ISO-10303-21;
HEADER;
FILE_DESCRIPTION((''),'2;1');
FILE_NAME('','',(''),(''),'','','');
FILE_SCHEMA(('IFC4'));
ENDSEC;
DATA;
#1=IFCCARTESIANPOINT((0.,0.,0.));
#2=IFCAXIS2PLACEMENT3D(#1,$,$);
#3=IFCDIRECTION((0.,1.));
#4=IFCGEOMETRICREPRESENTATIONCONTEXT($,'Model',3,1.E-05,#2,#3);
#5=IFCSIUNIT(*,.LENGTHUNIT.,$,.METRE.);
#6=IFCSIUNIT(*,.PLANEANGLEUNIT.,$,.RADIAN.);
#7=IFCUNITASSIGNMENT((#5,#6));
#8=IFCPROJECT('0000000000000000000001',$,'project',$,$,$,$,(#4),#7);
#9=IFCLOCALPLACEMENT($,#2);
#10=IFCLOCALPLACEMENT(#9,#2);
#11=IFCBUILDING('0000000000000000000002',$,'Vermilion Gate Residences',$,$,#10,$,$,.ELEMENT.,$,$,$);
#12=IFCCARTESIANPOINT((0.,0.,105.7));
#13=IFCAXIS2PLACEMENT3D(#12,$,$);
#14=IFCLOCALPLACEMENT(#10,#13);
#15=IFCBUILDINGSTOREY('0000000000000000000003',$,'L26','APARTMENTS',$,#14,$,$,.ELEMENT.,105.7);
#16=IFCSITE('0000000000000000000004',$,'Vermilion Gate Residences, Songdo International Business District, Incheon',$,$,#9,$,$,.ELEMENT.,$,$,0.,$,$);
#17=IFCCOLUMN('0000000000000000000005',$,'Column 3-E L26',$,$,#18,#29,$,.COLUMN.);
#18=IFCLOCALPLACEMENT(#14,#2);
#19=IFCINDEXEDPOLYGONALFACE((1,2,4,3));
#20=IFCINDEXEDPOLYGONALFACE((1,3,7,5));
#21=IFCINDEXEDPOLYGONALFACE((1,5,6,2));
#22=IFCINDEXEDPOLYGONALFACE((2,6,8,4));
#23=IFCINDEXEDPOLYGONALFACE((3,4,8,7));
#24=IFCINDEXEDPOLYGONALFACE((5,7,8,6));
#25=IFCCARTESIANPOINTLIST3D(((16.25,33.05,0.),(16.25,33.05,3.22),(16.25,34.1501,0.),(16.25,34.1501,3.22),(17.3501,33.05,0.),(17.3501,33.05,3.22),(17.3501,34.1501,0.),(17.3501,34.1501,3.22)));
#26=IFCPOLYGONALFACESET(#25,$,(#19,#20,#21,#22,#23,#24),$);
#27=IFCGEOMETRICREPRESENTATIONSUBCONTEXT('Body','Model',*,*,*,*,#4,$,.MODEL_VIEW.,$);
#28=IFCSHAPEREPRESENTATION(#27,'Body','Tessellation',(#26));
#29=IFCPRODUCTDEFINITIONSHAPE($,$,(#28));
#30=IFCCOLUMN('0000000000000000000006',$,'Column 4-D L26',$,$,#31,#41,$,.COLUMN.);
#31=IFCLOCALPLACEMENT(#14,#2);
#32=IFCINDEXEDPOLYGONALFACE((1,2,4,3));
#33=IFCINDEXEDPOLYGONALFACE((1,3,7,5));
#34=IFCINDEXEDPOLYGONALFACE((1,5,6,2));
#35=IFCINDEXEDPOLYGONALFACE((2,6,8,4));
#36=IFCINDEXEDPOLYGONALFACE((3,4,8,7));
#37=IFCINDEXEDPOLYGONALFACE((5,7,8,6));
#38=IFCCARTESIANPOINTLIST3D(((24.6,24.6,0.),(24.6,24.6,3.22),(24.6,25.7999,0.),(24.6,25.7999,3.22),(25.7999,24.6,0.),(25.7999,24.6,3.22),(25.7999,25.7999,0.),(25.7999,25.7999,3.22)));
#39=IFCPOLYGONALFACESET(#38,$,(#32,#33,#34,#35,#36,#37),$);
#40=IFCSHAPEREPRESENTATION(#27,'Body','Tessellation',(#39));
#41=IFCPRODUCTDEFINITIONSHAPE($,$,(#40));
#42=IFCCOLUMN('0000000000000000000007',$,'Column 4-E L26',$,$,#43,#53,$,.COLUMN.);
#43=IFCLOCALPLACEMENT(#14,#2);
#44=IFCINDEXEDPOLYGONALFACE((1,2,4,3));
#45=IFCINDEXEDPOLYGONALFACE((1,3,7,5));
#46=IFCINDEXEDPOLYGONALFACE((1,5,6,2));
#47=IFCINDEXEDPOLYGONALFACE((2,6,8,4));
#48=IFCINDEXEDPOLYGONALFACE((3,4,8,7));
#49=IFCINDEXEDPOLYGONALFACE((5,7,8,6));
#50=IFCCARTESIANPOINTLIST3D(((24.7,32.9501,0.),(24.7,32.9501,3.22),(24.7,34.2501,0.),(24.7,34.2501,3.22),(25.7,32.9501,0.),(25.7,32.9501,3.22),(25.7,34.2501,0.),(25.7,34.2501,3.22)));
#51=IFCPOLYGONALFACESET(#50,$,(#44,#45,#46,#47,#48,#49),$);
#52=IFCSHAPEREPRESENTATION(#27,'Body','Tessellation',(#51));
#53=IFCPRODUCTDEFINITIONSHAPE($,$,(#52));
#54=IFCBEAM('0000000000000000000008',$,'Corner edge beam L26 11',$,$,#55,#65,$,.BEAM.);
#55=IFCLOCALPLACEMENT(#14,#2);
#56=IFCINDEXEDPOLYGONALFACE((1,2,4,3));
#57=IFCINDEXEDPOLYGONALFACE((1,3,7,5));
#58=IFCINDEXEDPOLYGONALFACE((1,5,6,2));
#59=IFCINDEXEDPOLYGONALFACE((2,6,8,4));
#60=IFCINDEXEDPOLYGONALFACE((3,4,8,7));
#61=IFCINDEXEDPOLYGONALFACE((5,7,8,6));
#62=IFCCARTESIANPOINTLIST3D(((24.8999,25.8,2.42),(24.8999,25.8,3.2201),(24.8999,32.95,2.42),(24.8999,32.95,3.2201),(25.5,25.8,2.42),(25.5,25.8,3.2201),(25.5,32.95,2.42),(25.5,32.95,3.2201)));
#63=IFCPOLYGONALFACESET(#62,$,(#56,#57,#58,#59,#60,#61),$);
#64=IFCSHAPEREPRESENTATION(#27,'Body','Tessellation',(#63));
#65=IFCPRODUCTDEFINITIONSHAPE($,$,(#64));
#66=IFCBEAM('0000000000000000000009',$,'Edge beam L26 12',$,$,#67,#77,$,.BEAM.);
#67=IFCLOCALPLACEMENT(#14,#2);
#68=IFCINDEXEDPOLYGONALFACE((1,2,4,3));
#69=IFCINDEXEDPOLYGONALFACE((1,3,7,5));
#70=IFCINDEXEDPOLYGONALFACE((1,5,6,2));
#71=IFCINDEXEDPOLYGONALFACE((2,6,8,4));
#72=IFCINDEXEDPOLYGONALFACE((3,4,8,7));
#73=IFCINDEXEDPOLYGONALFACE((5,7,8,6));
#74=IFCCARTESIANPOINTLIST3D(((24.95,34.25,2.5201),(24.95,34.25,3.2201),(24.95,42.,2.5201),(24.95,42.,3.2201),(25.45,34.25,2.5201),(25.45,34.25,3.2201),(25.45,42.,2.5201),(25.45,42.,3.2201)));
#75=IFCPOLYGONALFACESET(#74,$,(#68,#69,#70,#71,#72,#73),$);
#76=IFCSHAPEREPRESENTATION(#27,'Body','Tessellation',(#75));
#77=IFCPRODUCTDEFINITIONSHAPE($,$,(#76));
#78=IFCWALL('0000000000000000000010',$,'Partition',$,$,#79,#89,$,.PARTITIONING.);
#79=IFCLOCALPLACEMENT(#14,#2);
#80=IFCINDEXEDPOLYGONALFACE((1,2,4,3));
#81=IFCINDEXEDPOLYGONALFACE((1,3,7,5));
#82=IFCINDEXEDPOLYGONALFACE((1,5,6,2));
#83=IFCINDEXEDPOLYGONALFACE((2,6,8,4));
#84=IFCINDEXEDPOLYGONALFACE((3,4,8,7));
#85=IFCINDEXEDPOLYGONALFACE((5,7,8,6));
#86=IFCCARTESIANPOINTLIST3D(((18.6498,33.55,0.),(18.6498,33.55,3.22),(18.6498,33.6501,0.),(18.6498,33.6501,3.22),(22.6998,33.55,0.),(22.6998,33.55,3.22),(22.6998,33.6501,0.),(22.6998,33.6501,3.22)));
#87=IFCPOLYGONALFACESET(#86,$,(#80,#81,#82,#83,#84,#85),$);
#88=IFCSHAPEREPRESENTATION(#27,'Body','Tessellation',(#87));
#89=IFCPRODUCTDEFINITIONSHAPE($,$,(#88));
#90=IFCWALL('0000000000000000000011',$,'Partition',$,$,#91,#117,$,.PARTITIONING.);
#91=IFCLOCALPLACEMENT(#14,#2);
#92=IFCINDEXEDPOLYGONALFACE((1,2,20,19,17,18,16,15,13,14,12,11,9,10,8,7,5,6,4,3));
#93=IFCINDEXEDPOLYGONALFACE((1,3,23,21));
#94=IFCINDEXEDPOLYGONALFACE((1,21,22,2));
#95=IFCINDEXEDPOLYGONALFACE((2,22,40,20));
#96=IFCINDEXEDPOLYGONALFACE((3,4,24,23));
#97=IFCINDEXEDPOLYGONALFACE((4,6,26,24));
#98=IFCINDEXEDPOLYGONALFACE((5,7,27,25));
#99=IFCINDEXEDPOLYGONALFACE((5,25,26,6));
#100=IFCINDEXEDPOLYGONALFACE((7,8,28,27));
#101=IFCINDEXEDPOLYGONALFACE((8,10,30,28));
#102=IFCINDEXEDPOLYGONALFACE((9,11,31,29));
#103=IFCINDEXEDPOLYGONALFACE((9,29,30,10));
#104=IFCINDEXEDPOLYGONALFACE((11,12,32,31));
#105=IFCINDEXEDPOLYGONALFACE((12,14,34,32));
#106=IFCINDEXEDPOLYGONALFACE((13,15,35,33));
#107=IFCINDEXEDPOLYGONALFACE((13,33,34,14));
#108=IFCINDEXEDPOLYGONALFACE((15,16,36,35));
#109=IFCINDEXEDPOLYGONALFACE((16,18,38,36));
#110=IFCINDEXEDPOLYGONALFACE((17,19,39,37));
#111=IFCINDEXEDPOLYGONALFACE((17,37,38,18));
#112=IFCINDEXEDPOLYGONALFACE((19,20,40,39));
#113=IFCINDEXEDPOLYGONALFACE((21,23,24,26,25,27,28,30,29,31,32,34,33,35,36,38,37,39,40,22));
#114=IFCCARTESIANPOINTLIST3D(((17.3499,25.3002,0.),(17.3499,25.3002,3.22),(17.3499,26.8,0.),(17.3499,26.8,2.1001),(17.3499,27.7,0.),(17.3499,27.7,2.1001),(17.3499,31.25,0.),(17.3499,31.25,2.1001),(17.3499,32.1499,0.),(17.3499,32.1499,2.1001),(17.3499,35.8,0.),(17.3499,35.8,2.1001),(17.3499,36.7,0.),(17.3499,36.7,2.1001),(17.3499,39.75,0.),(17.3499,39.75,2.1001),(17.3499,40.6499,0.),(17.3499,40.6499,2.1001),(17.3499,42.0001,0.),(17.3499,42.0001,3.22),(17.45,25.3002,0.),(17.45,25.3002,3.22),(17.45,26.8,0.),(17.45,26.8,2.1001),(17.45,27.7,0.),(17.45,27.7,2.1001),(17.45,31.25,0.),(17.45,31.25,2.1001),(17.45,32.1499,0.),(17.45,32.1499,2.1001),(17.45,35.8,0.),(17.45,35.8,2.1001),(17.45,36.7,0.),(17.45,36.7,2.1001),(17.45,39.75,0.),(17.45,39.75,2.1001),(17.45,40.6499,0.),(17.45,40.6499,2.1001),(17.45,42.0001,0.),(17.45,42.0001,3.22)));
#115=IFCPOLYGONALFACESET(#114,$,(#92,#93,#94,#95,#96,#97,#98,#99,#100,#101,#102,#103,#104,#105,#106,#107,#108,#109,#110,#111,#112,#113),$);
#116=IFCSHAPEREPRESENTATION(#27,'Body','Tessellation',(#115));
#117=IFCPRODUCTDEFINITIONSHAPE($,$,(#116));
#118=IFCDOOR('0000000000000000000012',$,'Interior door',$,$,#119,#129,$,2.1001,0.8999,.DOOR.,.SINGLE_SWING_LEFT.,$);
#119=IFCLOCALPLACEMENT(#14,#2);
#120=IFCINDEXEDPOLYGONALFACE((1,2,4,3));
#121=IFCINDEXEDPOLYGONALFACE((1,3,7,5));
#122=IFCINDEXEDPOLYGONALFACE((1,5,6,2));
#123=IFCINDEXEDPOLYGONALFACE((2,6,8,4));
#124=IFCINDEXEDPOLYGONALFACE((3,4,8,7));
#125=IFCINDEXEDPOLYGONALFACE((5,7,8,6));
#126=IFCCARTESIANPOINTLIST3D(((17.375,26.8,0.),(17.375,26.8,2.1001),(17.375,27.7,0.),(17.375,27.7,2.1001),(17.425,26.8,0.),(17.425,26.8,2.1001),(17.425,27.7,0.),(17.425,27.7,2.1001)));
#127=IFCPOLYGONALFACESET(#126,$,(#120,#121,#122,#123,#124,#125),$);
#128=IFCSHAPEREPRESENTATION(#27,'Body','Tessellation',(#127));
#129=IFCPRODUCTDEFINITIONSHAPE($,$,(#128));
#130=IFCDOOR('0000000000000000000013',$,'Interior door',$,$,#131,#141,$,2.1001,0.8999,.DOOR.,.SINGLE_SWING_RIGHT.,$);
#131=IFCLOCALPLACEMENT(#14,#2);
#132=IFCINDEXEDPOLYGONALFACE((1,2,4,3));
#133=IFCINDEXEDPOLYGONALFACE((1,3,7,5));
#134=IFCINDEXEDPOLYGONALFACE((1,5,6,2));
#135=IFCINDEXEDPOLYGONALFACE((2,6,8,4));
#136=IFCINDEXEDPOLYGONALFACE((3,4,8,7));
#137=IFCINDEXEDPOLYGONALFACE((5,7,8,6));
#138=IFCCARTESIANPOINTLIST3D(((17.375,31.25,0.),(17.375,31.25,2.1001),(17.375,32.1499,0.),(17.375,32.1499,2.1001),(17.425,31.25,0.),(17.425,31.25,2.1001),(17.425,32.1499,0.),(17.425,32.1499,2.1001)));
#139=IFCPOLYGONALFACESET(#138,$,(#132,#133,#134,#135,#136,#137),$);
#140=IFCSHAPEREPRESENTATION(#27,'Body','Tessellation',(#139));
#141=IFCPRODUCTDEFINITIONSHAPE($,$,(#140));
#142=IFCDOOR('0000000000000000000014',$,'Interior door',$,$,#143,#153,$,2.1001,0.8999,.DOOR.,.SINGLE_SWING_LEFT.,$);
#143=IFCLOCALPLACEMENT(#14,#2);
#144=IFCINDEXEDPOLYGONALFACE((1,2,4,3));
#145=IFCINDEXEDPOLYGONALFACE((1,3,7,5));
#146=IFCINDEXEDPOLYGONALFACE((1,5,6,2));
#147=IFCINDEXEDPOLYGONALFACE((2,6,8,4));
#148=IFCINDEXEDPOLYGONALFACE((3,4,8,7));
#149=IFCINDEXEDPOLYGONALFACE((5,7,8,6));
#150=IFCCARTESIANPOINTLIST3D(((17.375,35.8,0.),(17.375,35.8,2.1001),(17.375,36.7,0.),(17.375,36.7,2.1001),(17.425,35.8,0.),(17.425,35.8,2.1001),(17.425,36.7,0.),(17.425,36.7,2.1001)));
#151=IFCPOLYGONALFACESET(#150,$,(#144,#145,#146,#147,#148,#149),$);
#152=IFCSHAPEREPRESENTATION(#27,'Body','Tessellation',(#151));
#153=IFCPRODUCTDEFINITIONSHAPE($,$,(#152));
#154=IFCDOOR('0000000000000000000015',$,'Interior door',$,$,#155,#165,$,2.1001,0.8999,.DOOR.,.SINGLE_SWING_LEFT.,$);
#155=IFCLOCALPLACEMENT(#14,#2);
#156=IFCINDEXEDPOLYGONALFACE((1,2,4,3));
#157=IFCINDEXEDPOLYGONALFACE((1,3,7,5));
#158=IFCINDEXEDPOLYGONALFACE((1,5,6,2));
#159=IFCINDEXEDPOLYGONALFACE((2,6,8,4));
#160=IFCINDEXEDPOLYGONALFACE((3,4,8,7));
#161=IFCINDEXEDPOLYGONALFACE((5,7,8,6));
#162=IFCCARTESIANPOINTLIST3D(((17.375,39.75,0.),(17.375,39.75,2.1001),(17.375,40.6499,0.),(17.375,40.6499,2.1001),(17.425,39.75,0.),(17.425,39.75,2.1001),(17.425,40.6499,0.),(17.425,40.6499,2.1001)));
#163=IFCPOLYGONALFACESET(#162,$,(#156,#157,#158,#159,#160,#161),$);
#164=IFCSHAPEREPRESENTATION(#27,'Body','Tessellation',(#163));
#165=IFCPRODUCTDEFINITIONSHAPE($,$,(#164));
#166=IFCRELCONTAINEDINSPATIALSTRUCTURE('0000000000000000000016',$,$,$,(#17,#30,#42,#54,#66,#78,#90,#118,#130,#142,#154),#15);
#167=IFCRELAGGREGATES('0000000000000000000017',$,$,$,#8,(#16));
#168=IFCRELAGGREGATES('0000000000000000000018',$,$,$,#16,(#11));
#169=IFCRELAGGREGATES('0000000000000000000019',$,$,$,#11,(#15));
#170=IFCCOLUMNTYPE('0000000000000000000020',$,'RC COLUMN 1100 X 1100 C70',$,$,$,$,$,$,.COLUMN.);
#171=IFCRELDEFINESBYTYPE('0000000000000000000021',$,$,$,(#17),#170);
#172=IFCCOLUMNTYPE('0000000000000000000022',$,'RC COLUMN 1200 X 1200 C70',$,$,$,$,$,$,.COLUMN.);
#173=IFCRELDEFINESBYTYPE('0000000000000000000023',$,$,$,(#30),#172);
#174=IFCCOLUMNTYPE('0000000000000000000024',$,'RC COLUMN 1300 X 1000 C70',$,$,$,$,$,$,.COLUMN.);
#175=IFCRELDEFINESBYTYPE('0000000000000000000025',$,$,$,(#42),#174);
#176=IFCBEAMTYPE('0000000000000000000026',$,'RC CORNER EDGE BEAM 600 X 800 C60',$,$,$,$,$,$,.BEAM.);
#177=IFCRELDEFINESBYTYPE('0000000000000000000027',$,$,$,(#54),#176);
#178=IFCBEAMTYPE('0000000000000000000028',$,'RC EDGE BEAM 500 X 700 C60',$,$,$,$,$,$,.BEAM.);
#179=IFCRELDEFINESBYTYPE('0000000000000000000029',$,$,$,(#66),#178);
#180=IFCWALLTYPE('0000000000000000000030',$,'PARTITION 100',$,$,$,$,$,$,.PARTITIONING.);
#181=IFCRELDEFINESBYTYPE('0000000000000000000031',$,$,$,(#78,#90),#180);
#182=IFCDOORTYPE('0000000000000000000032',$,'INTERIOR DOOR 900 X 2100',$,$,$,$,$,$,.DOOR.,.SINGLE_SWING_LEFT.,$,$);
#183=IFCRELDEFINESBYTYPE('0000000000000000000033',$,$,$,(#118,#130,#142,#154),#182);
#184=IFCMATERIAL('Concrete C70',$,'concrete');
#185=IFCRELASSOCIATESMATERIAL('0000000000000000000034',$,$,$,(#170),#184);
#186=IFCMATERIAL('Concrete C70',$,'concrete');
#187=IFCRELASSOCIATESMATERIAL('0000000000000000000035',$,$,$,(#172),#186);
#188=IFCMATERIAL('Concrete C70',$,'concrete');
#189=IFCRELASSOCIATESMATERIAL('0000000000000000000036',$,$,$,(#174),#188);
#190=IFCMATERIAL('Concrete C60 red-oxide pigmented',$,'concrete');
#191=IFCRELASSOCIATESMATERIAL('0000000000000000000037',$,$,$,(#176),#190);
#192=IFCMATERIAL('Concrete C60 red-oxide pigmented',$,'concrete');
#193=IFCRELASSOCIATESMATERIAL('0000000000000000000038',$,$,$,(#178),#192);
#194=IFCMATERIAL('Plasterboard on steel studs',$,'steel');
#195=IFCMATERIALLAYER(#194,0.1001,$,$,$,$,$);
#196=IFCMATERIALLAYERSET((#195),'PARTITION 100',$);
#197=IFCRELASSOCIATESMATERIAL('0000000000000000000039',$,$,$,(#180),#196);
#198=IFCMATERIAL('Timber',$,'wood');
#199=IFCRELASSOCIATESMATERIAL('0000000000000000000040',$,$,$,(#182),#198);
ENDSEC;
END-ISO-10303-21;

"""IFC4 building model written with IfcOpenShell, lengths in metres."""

from ifc_helpers import new_model, si_unit, direction, frame, frame_2d, origin, origin_2d, place, context, subcontext, project, spatial, rectangle, extrude, material, layer, layer_set, material_profile, profile_set, type_object, element, fill, save


model = new_model("IFC4")

# Units and contexts
model_context = context("Model", 3, precision=1e-05, world=origin(), true_north=direction((0.0, 1.0)))
body_context = subcontext(model_context, "Body", "Model", "MODEL_VIEW")
ifc_project = project(units=[si_unit("LENGTHUNIT", "METRE"), si_unit("PLANEANGLEUNIT", "RADIAN")], contexts=[model_context])

# Site, building, storey
site_placement = place(None, origin())
site = spatial("IfcSite", under=ifc_project, at=site_placement, Name="Vermilion Gate Residences, Songdo International Business District, Incheon", CompositionType="ELEMENT", RefElevation=0.0)
building_placement = place(site_placement, origin())
building = spatial("IfcBuilding", under=site, at=building_placement, Name="Vermilion Gate Residences", CompositionType="ELEMENT")
storey_placement = place(building_placement, frame((0.0, 0.0, 105.7)))
storey = spatial("IfcBuildingStorey", under=building, at=storey_placement, Name="L26", Description="APARTMENTS", CompositionType="ELEMENT", Elevation=105.7)

# Columns
ifc_material_1 = material(Name="Concrete C70", Category="concrete")
ifc_material_profile_1 = material_profile(ifc_material_1, rectangle(XDim=1.1001, YDim=1.1001, at=origin_2d()), Name="RC-1100x1100")
ifc_profile_set_1 = profile_set([ifc_material_profile_1], Name="Concrete C70")
column_type_1 = type_object("IfcColumnType", Name="RC COLUMN 1100 X 1100 C70", PredefinedType="COLUMN", material=ifc_profile_set_1)
column_1_placement = place(storey_placement, frame((16.8, 33.6001, 0.0), z_axis=(0.0, 0.0, 1.0), x_axis=(1.0, 0.0, 0.0)))
element("IfcColumn", 1, at=column_1_placement, inside=storey, type_object=column_type_1, Name="Column 3-E L26", PredefinedType="COLUMN", context=body_context, shape_type="SweptSolid", body=[
    extrude(rectangle(XDim=1.1001, YDim=1.1001, at=origin_2d()), origin(), (0.0, 0.0, 1.0), 3.22),
])
ifc_material_2 = material(Name="Concrete C70", Category="concrete")
ifc_material_profile_2 = material_profile(ifc_material_2, rectangle(XDim=1.2, YDim=1.2, at=origin_2d()), Name="RC-1200x1200")
ifc_profile_set_2 = profile_set([ifc_material_profile_2], Name="Concrete C70")
column_type_2 = type_object("IfcColumnType", Name="RC COLUMN 1200 X 1200 C70", PredefinedType="COLUMN", material=ifc_profile_set_2)
column_2_placement = place(storey_placement, frame((25.2, 25.2, 0.0), z_axis=(0.0, 0.0, 1.0), x_axis=(1.0, 0.0, 0.0)))
element("IfcColumn", 2, at=column_2_placement, inside=storey, type_object=column_type_2, Name="Column 4-D L26", PredefinedType="COLUMN", context=body_context, shape_type="SweptSolid", body=[
    extrude(rectangle(XDim=1.2, YDim=1.2, at=origin_2d()), origin(), (0.0, 0.0, 1.0), 3.22),
])
ifc_material_3 = material(Name="Concrete C70", Category="concrete")
ifc_material_profile_3 = material_profile(ifc_material_3, rectangle(XDim=1.3, YDim=1.0, at=origin_2d()), Name="RC-1300x1000")
ifc_profile_set_3 = profile_set([ifc_material_profile_3], Name="Concrete C70")
column_type_3 = type_object("IfcColumnType", Name="RC COLUMN 1300 X 1000 C70", PredefinedType="COLUMN", material=ifc_profile_set_3)
column_3_placement = place(storey_placement, frame((25.2, 33.6001, 0.0), z_axis=(0.0, 0.0, 1.0), x_axis=(0.0, 1.0, 0.0)))
element("IfcColumn", 3, at=column_3_placement, inside=storey, type_object=column_type_3, Name="Column 4-E L26", PredefinedType="COLUMN", context=body_context, shape_type="SweptSolid", body=[
    extrude(rectangle(XDim=1.3, YDim=1.0, at=origin_2d()), origin(), (0.0, 0.0, 1.0), 3.22),
])

# Beams
ifc_material_4 = material(Name="Concrete C60 red-oxide pigmented", Category="concrete")
ifc_material_profile_4 = material_profile(ifc_material_4, rectangle(XDim=0.6001, YDim=0.8, at=origin_2d()), Name="RC-600x800")
ifc_profile_set_4 = profile_set([ifc_material_profile_4], Name="Concrete C60 red-oxide pigmented")
beam_type_1 = type_object("IfcBeamType", Name="RC CORNER EDGE BEAM 600 X 800 C60", PredefinedType="BEAM", material=ifc_profile_set_4)
beam_1_placement = place(storey_placement, frame((25.2, 25.8, 2.8201), z_axis=(0.0, 1.0, 0.0), x_axis=(-1.0, 0.0, 0.0)))
element("IfcBeam", 4, at=beam_1_placement, inside=storey, type_object=beam_type_1, Name="Corner edge beam L26 11", PredefinedType="BEAM", context=body_context, shape_type="SweptSolid", body=[
    extrude(rectangle(XDim=0.6001, YDim=0.8, at=origin_2d()), origin(), (0.0, 0.0, 1.0), 7.1499),
])
ifc_material_5 = material(Name="Concrete C60 red-oxide pigmented", Category="concrete")
ifc_material_profile_5 = material_profile(ifc_material_5, rectangle(XDim=0.5, YDim=0.7, at=origin_2d()), Name="RC-500x700")
ifc_profile_set_5 = profile_set([ifc_material_profile_5], Name="Concrete C60 red-oxide pigmented")
beam_type_2 = type_object("IfcBeamType", Name="RC EDGE BEAM 500 X 700 C60", PredefinedType="BEAM", material=ifc_profile_set_5)
beam_2_placement = place(storey_placement, frame((25.2, 34.25, 2.8701), z_axis=(0.0, 1.0, 0.0), x_axis=(-1.0, 0.0, 0.0)))
element("IfcBeam", 5, at=beam_2_placement, inside=storey, type_object=beam_type_2, Name="Edge beam L26 12", PredefinedType="BEAM", context=body_context, shape_type="SweptSolid", body=[
    extrude(rectangle(XDim=0.5, YDim=0.7, at=origin_2d()), origin(), (0.0, 0.0, 1.0), 7.75),
])

# Wall
ifc_material_6 = material(Name="Plasterboard on steel studs", Category="steel")
ifc_layer = layer(ifc_material_6, 0.1001)
ifc_layer_set = layer_set([ifc_layer], Name="PARTITION 100")
wall_type = type_object("IfcWallType", Name="PARTITION 100", PredefinedType="PARTITIONING", material=ifc_layer_set)
wall_1_placement = place(storey_placement, frame((18.6499, 33.6001, 0.0), z_axis=(0.0, 0.0, 1.0), x_axis=(1.0, 0.0, 0.0)))
element("IfcWall", 6, at=wall_1_placement, inside=storey, type_object=wall_type, Name="Partition", PredefinedType="PARTITIONING", context=body_context, shape_type="SweptSolid", body=[
    extrude(rectangle(XDim=4.05, YDim=0.1001, at=frame_2d((2.0249, 0.0))), origin(), (0.0, 0.0, 1.0), 3.22),
])

# Wall, openings, doors
wall_2_placement = place(storey_placement, frame((17.3999, 25.3, 0.0), z_axis=(0.0, 0.0, 1.0), x_axis=(0.0, 1.0, 0.0)))
wall_2 = element("IfcWall", 7, at=wall_2_placement, inside=storey, type_object=wall_type, Name="Partition", PredefinedType="PARTITIONING", context=body_context, shape_type="SweptSolid", body=[
    extrude(rectangle(XDim=16.7, YDim=0.1001, at=frame_2d((8.3501, 0.0))), origin(), (0.0, 0.0, 1.0), 3.22),
])
opening_1_placement = place(wall_2_placement, frame((1.5, 0.0, 0.0)))
opening_1 = element("IfcOpeningElement", 8, at=opening_1_placement, cuts=wall_2, PredefinedType="OPENING", context=body_context, shape_type="SweptSolid", body=[
    extrude(rectangle(XDim=0.8999, YDim=2.1001, at=frame_2d((0.45, 1.05))), frame((0.0, 0.0601, 0.0), z_axis=(0.0, -1.0, 0.0), x_axis=(1.0, 0.0, 0.0)), (0.0, 0.0, 1.0), 0.1201),
])
opening_2_placement = place(wall_2_placement, frame((5.95, 0.0, 0.0)))
opening_2 = element("IfcOpeningElement", 9, at=opening_2_placement, cuts=wall_2, PredefinedType="OPENING", context=body_context, shape_type="SweptSolid", body=[
    extrude(rectangle(XDim=0.8999, YDim=2.1001, at=frame_2d((0.45, 1.05))), frame((0.0, 0.0601, 0.0), z_axis=(0.0, -1.0, 0.0), x_axis=(1.0, 0.0, 0.0)), (0.0, 0.0, 1.0), 0.1201),
])
opening_3_placement = place(wall_2_placement, frame((10.5, 0.0, 0.0)))
opening_3 = element("IfcOpeningElement", 10, at=opening_3_placement, cuts=wall_2, PredefinedType="OPENING", context=body_context, shape_type="SweptSolid", body=[
    extrude(rectangle(XDim=0.8999, YDim=2.1001, at=frame_2d((0.45, 1.05))), frame((0.0, 0.0601, 0.0), z_axis=(0.0, -1.0, 0.0), x_axis=(1.0, 0.0, 0.0)), (0.0, 0.0, 1.0), 0.1201),
])
opening_4_placement = place(wall_2_placement, frame((14.45, 0.0, 0.0)))
opening_4 = element("IfcOpeningElement", 11, at=opening_4_placement, cuts=wall_2, PredefinedType="OPENING", context=body_context, shape_type="SweptSolid", body=[
    extrude(rectangle(XDim=0.8999, YDim=2.1001, at=frame_2d((0.45, 1.05))), frame((0.0, 0.0601, 0.0), z_axis=(0.0, -1.0, 0.0), x_axis=(1.0, 0.0, 0.0)), (0.0, 0.0, 1.0), 0.1201),
])
ifc_material_7 = material(Name="Timber", Category="wood")
door_type = type_object("IfcDoorType", Name="INTERIOR DOOR 900 X 2100", OperationType="SINGLE_SWING_LEFT", PredefinedType="DOOR", material=ifc_material_7)
door_1_placement = place(opening_1_placement, origin())
door_1 = element("IfcDoor", 12, at=door_1_placement, inside=storey, type_object=door_type, Name="Interior door", OperationType="SINGLE_SWING_LEFT", OverallHeight=2.1001, OverallWidth=0.8999, PredefinedType="DOOR", context=body_context, shape_type="SweptSolid", body=[
    extrude(rectangle(XDim=0.8999, YDim=2.1001, at=frame_2d((0.45, 1.05))), frame((0.0, 0.0249, 0.0), z_axis=(0.0, -1.0, 0.0), x_axis=(1.0, 0.0, 0.0)), (0.0, 0.0, 1.0), 0.05),
])
fill(opening_1, door_1)
door_2_placement = place(opening_2_placement, origin())
door_2 = element("IfcDoor", 13, at=door_2_placement, inside=storey, type_object=door_type, Name="Interior door", OperationType="SINGLE_SWING_RIGHT", OverallHeight=2.1001, OverallWidth=0.8999, PredefinedType="DOOR", context=body_context, shape_type="SweptSolid", body=[
    extrude(rectangle(XDim=0.8999, YDim=2.1001, at=frame_2d((0.45, 1.05))), frame((0.0, 0.0249, 0.0), z_axis=(0.0, -1.0, 0.0), x_axis=(1.0, 0.0, 0.0)), (0.0, 0.0, 1.0), 0.05),
])
fill(opening_2, door_2)
door_3_placement = place(opening_3_placement, origin())
door_3 = element("IfcDoor", 14, at=door_3_placement, inside=storey, type_object=door_type, Name="Interior door", OperationType="SINGLE_SWING_LEFT", OverallHeight=2.1001, OverallWidth=0.8999, PredefinedType="DOOR", context=body_context, shape_type="SweptSolid", body=[
    extrude(rectangle(XDim=0.8999, YDim=2.1001, at=frame_2d((0.45, 1.05))), frame((0.0, 0.0249, 0.0), z_axis=(0.0, -1.0, 0.0), x_axis=(1.0, 0.0, 0.0)), (0.0, 0.0, 1.0), 0.05),
])
fill(opening_3, door_3)
door_4_placement = place(opening_4_placement, origin())
door_4 = element("IfcDoor", 15, at=door_4_placement, inside=storey, type_object=door_type, Name="Interior door", OperationType="SINGLE_SWING_LEFT", OverallHeight=2.1001, OverallWidth=0.8999, PredefinedType="DOOR", context=body_context, shape_type="SweptSolid", body=[
    extrude(rectangle(XDim=0.8999, YDim=2.1001, at=frame_2d((0.45, 1.05))), frame((0.0, 0.0249, 0.0), z_axis=(0.0, -1.0, 0.0), x_axis=(1.0, 0.0, 0.0)), (0.0, 0.0, 1.0), 0.05),
])
fill(opening_4, door_4)

save(model, "model.ifc")
